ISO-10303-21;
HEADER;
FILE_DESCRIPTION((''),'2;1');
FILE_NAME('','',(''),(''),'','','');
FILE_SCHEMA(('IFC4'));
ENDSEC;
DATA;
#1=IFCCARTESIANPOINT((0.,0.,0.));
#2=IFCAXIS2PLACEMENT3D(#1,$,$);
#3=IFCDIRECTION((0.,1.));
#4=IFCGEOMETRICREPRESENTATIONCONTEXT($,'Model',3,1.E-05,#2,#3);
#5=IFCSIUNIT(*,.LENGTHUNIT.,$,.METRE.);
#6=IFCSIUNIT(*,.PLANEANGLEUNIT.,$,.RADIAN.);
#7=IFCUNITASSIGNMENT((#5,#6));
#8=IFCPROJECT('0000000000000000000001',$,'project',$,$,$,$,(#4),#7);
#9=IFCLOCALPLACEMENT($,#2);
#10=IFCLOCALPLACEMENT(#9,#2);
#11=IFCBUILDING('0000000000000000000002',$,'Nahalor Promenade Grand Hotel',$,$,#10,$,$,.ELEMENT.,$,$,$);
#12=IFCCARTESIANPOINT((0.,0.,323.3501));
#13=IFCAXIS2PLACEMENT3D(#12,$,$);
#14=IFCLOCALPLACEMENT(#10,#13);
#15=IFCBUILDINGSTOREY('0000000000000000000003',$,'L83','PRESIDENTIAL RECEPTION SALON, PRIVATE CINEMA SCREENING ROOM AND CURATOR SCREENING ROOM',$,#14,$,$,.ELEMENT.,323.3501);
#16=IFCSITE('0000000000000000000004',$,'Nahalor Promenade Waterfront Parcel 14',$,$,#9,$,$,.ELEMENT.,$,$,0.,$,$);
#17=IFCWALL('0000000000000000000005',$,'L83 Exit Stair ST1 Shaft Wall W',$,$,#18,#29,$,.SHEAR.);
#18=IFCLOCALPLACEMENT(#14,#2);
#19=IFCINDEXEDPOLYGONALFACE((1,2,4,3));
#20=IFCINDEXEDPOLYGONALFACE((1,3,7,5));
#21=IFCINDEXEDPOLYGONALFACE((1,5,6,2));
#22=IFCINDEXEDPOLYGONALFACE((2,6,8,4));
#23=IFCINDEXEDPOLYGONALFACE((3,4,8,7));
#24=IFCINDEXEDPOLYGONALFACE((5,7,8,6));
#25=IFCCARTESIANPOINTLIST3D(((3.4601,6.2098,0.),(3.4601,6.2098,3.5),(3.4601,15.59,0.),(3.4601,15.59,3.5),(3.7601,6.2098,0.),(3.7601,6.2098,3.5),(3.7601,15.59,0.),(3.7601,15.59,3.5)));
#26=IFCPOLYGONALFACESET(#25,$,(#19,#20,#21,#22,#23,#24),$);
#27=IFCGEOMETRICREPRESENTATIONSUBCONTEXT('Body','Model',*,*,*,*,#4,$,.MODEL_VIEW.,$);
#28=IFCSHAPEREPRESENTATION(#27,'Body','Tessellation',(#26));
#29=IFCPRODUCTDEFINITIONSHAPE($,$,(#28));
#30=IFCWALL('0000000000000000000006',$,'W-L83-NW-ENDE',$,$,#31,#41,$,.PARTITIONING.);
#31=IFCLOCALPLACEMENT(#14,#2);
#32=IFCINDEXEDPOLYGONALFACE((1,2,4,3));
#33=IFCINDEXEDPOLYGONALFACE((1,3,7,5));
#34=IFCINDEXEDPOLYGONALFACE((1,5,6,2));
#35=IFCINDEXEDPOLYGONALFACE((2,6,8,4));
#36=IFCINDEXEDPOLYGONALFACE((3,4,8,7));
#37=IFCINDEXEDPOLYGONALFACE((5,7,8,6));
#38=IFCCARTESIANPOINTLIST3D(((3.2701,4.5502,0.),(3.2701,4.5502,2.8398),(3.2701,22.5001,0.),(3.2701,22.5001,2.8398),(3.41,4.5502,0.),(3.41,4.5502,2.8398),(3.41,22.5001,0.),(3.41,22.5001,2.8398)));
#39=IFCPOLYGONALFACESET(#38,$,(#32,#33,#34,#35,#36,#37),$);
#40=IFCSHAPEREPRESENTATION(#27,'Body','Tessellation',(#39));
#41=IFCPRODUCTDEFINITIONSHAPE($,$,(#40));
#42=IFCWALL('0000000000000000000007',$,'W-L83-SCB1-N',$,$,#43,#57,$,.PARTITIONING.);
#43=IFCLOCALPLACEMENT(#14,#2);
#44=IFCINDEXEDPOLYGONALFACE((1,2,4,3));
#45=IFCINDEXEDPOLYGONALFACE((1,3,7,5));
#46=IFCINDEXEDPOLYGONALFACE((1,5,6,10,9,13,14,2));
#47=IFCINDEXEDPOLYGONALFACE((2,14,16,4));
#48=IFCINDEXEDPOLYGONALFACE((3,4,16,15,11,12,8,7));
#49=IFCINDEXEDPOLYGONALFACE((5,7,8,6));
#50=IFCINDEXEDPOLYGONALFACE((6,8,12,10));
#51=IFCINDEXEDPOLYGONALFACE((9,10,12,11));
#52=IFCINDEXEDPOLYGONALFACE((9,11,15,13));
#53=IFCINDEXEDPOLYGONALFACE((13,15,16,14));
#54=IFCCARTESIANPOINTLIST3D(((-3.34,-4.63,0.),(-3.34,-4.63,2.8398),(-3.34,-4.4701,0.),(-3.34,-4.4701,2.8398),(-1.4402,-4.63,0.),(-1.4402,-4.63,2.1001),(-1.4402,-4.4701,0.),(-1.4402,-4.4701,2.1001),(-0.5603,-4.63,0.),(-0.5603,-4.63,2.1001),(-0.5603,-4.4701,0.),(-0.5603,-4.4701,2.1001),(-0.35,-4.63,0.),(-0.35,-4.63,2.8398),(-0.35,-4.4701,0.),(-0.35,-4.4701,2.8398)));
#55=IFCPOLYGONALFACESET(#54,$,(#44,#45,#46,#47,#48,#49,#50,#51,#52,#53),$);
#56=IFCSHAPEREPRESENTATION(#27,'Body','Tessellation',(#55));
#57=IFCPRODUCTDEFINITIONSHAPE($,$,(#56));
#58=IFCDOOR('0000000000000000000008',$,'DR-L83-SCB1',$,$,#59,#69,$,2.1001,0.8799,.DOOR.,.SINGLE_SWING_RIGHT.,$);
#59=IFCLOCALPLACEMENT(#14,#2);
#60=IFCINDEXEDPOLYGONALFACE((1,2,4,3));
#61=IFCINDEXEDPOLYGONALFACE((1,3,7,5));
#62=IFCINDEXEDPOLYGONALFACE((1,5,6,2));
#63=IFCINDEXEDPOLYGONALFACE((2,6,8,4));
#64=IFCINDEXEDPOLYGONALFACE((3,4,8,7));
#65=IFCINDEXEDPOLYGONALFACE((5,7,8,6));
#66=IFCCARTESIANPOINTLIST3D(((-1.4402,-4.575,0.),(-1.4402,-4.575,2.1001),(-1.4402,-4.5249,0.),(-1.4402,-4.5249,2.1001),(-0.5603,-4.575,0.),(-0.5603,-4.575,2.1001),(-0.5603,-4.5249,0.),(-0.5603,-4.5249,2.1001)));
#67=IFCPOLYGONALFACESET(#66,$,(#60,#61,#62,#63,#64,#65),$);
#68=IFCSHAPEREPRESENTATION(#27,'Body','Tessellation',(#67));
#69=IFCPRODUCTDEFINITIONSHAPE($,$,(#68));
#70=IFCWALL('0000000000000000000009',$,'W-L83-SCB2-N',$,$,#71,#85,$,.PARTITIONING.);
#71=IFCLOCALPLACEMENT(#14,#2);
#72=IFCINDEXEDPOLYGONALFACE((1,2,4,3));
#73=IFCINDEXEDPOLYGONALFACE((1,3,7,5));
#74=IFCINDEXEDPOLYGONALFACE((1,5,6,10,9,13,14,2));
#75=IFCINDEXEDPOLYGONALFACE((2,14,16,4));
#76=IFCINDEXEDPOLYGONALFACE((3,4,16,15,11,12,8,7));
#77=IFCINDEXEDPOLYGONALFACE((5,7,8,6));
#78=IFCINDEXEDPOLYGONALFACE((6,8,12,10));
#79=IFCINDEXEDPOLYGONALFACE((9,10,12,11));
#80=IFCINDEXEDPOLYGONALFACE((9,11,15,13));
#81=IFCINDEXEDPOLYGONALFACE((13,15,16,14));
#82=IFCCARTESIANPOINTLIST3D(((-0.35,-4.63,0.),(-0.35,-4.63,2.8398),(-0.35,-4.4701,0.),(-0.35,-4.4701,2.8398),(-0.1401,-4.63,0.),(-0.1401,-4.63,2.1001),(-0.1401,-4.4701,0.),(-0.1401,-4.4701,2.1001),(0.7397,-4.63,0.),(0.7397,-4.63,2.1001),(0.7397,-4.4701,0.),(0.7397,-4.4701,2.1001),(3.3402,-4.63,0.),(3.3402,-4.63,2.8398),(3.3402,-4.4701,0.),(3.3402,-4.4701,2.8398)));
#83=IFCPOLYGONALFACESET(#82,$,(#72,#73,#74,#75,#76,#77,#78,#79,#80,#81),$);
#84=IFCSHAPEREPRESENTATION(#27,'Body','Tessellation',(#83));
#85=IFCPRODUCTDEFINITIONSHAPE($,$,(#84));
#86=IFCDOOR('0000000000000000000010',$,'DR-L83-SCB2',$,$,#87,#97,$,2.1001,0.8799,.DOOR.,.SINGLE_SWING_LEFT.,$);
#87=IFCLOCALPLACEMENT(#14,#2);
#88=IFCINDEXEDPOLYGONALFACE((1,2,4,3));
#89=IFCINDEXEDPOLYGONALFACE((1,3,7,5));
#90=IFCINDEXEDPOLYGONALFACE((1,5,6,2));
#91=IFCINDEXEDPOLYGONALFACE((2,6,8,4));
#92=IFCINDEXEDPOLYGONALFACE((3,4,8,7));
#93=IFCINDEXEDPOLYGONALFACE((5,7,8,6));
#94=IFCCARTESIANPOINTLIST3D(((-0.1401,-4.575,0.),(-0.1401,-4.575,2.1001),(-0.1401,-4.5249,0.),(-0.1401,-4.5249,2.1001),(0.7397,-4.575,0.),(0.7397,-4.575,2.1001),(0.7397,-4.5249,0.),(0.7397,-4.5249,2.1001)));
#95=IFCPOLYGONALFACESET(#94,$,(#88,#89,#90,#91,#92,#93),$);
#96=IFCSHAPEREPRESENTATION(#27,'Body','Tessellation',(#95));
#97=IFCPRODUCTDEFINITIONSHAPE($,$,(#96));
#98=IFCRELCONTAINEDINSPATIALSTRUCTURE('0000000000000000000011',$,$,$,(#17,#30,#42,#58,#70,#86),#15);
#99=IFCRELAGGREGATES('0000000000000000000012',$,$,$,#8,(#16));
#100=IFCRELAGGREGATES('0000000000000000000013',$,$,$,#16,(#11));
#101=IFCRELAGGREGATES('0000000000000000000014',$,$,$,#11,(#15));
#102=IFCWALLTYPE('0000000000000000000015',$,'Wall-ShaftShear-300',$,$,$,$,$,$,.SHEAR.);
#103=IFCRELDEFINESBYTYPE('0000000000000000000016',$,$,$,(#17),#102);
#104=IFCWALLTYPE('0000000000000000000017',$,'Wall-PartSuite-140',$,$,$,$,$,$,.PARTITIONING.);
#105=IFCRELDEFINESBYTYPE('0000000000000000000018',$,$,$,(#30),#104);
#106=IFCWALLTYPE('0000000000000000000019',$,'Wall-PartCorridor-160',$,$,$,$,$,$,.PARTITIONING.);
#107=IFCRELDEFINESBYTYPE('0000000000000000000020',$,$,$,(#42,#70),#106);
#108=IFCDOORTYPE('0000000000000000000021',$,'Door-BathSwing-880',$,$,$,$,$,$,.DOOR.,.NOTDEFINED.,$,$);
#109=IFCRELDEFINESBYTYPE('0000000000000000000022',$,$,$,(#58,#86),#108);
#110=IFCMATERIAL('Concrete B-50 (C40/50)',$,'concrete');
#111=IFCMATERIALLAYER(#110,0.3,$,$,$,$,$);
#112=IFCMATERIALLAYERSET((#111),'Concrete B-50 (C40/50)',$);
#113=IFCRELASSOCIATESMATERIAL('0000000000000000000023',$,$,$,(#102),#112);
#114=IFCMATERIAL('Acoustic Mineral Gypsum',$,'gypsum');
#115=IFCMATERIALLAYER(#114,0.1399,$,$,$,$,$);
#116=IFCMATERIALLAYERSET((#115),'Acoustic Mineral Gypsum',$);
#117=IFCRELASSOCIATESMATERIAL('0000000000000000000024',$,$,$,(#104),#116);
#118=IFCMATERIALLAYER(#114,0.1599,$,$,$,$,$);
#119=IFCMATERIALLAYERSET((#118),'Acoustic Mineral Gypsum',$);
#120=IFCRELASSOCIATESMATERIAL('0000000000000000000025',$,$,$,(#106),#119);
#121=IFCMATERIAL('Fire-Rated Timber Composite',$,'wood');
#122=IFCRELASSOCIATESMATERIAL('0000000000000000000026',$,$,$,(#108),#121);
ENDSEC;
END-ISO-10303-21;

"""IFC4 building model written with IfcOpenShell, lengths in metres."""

from ifc_helpers import new_model, si_unit, direction, frame, frame_2d, origin, place, context, subcontext, project, spatial, rectangle, extrude, source, transform, mapped, material, layer, layer_set, type_object, element, fill, save


model = new_model("IFC4")

# Units and contexts
model_context = context("Model", 3, precision=1e-05, world=origin(), true_north=direction((0.0, 1.0)))
body_context = subcontext(model_context, "Body", "Model", "MODEL_VIEW")
ifc_project = project(units=[si_unit("LENGTHUNIT", "METRE"), si_unit("PLANEANGLEUNIT", "RADIAN")], contexts=[model_context])

# Site, building, storey
site_placement = place(None, origin())
site = spatial("IfcSite", under=ifc_project, at=site_placement, Name="Nahalor Promenade Waterfront Parcel 14", CompositionType="ELEMENT", RefElevation=0.0)
building_placement = place(site_placement, origin())
building = spatial("IfcBuilding", under=site, at=building_placement, Name="Nahalor Promenade Grand Hotel", CompositionType="ELEMENT")
storey_placement = place(building_placement, frame((0.0, 0.0, 323.3501)))
storey = spatial("IfcBuildingStorey", under=building, at=storey_placement, Name="L83", Description="PRESIDENTIAL RECEPTION SALON, PRIVATE CINEMA SCREENING ROOM AND CURATOR SCREENING ROOM", CompositionType="ELEMENT", Elevation=323.3501)

# Shared definitions
ifc_material_1 = material(Name="Concrete B-50 (C40/50)", Category="concrete")

# Walls
ifc_layer_1 = layer(ifc_material_1, 0.3)
ifc_layer_set_1 = layer_set([ifc_layer_1], Name="Concrete B-50 (C40/50)")
wall_type_1 = type_object("IfcWallType", Name="Wall-ShaftShear-300", PredefinedType="SHEAR", material=ifc_layer_set_1)
shared_shape_1 = source(origin(), body_context, "Body", "SweptSolid", [
    extrude(rectangle(XDim=9.3801, YDim=0.3, at=frame_2d((4.6899, 0.0))), origin(), (0.0, 0.0, 1.0), 3.5),
])
wall_1_placement = place(storey_placement, frame((3.6101, 6.21, 0.0), z_axis=(0.0, 0.0, 1.0), x_axis=(0.0, 1.0, 0.0)))
element("IfcWall", 1, at=wall_1_placement, inside=storey, type_object=wall_type_1, Name="L83 Exit Stair ST1 Shaft Wall W", PredefinedType="SHEAR", context=body_context, shape_type="MappedRepresentation", body=[
    mapped(shared_shape_1, transform((0.0, 0.0, 0.0), scale=1.0)),
])
ifc_material_2 = material(Name="Acoustic Mineral Gypsum", Category="gypsum")
ifc_layer_2 = layer(ifc_material_2, 0.1399)
ifc_layer_set_2 = layer_set([ifc_layer_2], Name="Acoustic Mineral Gypsum")
wall_type_2 = type_object("IfcWallType", Name="Wall-PartSuite-140", PredefinedType="PARTITIONING", material=ifc_layer_set_2)
shared_shape_2 = source(origin(), body_context, "Body", "SweptSolid", [
    extrude(rectangle(XDim=17.95, YDim=0.1399, at=frame_2d((8.9751, 0.0))), origin(), (0.0, 0.0, 1.0), 2.8398),
])
wall_2_placement = place(storey_placement, frame((3.3401, 4.55, 0.0), z_axis=(0.0, 0.0, 1.0), x_axis=(0.0, 1.0, 0.0)))
element("IfcWall", 2, at=wall_2_placement, inside=storey, type_object=wall_type_2, Name="W-L83-NW-ENDE", PredefinedType="PARTITIONING", context=body_context, shape_type="MappedRepresentation", body=[
    mapped(shared_shape_2, transform((0.0, 0.0, 0.0), scale=1.0)),
])

# Walls, openings, doors
ifc_layer_3 = layer(ifc_material_2, 0.1599)
ifc_layer_set_3 = layer_set([ifc_layer_3], Name="Acoustic Mineral Gypsum")
wall_type_3 = type_object("IfcWallType", Name="Wall-PartCorridor-160", PredefinedType="PARTITIONING", material=ifc_layer_set_3)
shared_shape_3 = source(origin(), body_context, "Body", "SweptSolid", [
    extrude(rectangle(XDim=2.99, YDim=0.1599, at=frame_2d((1.4951, 0.0))), origin(), (0.0, 0.0, 1.0), 2.8398),
])
wall_3_placement = place(storey_placement, frame((-3.3401, -4.55, 0.0), z_axis=(0.0, 0.0, 1.0), x_axis=(1.0, 0.0, 0.0)))
wall_3 = element("IfcWall", 3, at=wall_3_placement, inside=storey, type_object=wall_type_3, Name="W-L83-SCB1-N", PredefinedType="PARTITIONING", context=body_context, shape_type="MappedRepresentation", body=[
    mapped(shared_shape_3, transform((0.0, 0.0, 0.0), scale=1.0)),
])
opening_1_placement = place(wall_3_placement, frame((1.8999, 0.0, 0.0)))
opening_1 = element("IfcOpeningElement", 4, at=opening_1_placement, cuts=wall_3, PredefinedType="OPENING", context=body_context, shape_type="SweptSolid", body=[
    extrude(rectangle(XDim=0.8799, YDim=2.1001, at=frame_2d((0.4399, 1.05))), frame((0.0, 0.0898, 0.0), z_axis=(0.0, -1.0, 0.0), x_axis=(1.0, 0.0, 0.0)), (0.0, 0.0, 1.0), 0.1799),
])
ifc_material_3 = material(Name="Fire-Rated Timber Composite", Category="wood")
door_type_1 = type_object("IfcDoorType", Name="Door-BathSwing-880", OperationType="NOTDEFINED", PredefinedType="DOOR", material=ifc_material_3)
shared_shape_4 = source(origin(), body_context, "Body", "SweptSolid", [
    extrude(rectangle(XDim=0.8799, YDim=2.1001, at=frame_2d((0.4399, 1.05))), frame((0.0, 0.0249, 0.0), z_axis=(0.0, -1.0, 0.0), x_axis=(1.0, 0.0, 0.0)), (0.0, 0.0, 1.0), 0.05),
])
door_1_placement = place(opening_1_placement, frame((0.8799, 0.0, 0.0), z_axis=(0.0, 0.0, 1.0), x_axis=(-1.0, 0.0, 0.0)))
door_1 = element("IfcDoor", 5, at=door_1_placement, inside=storey, type_object=door_type_1, Name="DR-L83-SCB1", OperationType="SINGLE_SWING_RIGHT", OverallHeight=2.1001, OverallWidth=0.8799, PredefinedType="DOOR", context=body_context, shape_type="MappedRepresentation", body=[
    mapped(shared_shape_4, transform((0.0, 0.0, 0.0), scale=1.0)),
])
fill(opening_1, door_1)
shared_shape_5 = source(origin(), body_context, "Body", "SweptSolid", [
    extrude(rectangle(XDim=3.6902, YDim=0.1599, at=frame_2d((1.8452, 0.0))), origin(), (0.0, 0.0, 1.0), 2.8398),
])
wall_4_placement = place(storey_placement, frame((-0.3501, -4.55, 0.0), z_axis=(0.0, 0.0, 1.0), x_axis=(1.0, 0.0, 0.0)))
wall_4 = element("IfcWall", 6, at=wall_4_placement, inside=storey, type_object=wall_type_3, Name="W-L83-SCB2-N", PredefinedType="PARTITIONING", context=body_context, shape_type="MappedRepresentation", body=[
    mapped(shared_shape_5, transform((0.0, 0.0, 0.0), scale=1.0)),
])
opening_2_placement = place(wall_4_placement, frame((0.21, 0.0, 0.0)))
opening_2 = element("IfcOpeningElement", 7, at=opening_2_placement, cuts=wall_4, PredefinedType="OPENING", context=body_context, shape_type="SweptSolid", body=[
    extrude(rectangle(XDim=0.8799, YDim=2.1001, at=frame_2d((0.4399, 1.05))), frame((0.0, 0.0898, 0.0), z_axis=(0.0, -1.0, 0.0), x_axis=(1.0, 0.0, 0.0)), (0.0, 0.0, 1.0), 0.1799),
])
door_2_placement = place(opening_2_placement, frame((0.8799, 0.0, 0.0), z_axis=(0.0, 0.0, 1.0), x_axis=(-1.0, 0.0, 0.0)))
door_2 = element("IfcDoor", 8, at=door_2_placement, inside=storey, type_object=door_type_1, Name="DR-L83-SCB2", OperationType="SINGLE_SWING_LEFT", OverallHeight=2.1001, OverallWidth=0.8799, PredefinedType="DOOR", context=body_context, shape_type="MappedRepresentation", body=[
    mapped(shared_shape_4, transform((0.0, 0.0, 0.0), scale=1.0)),
])
fill(opening_2, door_2)

save(model, "model.ifc")
